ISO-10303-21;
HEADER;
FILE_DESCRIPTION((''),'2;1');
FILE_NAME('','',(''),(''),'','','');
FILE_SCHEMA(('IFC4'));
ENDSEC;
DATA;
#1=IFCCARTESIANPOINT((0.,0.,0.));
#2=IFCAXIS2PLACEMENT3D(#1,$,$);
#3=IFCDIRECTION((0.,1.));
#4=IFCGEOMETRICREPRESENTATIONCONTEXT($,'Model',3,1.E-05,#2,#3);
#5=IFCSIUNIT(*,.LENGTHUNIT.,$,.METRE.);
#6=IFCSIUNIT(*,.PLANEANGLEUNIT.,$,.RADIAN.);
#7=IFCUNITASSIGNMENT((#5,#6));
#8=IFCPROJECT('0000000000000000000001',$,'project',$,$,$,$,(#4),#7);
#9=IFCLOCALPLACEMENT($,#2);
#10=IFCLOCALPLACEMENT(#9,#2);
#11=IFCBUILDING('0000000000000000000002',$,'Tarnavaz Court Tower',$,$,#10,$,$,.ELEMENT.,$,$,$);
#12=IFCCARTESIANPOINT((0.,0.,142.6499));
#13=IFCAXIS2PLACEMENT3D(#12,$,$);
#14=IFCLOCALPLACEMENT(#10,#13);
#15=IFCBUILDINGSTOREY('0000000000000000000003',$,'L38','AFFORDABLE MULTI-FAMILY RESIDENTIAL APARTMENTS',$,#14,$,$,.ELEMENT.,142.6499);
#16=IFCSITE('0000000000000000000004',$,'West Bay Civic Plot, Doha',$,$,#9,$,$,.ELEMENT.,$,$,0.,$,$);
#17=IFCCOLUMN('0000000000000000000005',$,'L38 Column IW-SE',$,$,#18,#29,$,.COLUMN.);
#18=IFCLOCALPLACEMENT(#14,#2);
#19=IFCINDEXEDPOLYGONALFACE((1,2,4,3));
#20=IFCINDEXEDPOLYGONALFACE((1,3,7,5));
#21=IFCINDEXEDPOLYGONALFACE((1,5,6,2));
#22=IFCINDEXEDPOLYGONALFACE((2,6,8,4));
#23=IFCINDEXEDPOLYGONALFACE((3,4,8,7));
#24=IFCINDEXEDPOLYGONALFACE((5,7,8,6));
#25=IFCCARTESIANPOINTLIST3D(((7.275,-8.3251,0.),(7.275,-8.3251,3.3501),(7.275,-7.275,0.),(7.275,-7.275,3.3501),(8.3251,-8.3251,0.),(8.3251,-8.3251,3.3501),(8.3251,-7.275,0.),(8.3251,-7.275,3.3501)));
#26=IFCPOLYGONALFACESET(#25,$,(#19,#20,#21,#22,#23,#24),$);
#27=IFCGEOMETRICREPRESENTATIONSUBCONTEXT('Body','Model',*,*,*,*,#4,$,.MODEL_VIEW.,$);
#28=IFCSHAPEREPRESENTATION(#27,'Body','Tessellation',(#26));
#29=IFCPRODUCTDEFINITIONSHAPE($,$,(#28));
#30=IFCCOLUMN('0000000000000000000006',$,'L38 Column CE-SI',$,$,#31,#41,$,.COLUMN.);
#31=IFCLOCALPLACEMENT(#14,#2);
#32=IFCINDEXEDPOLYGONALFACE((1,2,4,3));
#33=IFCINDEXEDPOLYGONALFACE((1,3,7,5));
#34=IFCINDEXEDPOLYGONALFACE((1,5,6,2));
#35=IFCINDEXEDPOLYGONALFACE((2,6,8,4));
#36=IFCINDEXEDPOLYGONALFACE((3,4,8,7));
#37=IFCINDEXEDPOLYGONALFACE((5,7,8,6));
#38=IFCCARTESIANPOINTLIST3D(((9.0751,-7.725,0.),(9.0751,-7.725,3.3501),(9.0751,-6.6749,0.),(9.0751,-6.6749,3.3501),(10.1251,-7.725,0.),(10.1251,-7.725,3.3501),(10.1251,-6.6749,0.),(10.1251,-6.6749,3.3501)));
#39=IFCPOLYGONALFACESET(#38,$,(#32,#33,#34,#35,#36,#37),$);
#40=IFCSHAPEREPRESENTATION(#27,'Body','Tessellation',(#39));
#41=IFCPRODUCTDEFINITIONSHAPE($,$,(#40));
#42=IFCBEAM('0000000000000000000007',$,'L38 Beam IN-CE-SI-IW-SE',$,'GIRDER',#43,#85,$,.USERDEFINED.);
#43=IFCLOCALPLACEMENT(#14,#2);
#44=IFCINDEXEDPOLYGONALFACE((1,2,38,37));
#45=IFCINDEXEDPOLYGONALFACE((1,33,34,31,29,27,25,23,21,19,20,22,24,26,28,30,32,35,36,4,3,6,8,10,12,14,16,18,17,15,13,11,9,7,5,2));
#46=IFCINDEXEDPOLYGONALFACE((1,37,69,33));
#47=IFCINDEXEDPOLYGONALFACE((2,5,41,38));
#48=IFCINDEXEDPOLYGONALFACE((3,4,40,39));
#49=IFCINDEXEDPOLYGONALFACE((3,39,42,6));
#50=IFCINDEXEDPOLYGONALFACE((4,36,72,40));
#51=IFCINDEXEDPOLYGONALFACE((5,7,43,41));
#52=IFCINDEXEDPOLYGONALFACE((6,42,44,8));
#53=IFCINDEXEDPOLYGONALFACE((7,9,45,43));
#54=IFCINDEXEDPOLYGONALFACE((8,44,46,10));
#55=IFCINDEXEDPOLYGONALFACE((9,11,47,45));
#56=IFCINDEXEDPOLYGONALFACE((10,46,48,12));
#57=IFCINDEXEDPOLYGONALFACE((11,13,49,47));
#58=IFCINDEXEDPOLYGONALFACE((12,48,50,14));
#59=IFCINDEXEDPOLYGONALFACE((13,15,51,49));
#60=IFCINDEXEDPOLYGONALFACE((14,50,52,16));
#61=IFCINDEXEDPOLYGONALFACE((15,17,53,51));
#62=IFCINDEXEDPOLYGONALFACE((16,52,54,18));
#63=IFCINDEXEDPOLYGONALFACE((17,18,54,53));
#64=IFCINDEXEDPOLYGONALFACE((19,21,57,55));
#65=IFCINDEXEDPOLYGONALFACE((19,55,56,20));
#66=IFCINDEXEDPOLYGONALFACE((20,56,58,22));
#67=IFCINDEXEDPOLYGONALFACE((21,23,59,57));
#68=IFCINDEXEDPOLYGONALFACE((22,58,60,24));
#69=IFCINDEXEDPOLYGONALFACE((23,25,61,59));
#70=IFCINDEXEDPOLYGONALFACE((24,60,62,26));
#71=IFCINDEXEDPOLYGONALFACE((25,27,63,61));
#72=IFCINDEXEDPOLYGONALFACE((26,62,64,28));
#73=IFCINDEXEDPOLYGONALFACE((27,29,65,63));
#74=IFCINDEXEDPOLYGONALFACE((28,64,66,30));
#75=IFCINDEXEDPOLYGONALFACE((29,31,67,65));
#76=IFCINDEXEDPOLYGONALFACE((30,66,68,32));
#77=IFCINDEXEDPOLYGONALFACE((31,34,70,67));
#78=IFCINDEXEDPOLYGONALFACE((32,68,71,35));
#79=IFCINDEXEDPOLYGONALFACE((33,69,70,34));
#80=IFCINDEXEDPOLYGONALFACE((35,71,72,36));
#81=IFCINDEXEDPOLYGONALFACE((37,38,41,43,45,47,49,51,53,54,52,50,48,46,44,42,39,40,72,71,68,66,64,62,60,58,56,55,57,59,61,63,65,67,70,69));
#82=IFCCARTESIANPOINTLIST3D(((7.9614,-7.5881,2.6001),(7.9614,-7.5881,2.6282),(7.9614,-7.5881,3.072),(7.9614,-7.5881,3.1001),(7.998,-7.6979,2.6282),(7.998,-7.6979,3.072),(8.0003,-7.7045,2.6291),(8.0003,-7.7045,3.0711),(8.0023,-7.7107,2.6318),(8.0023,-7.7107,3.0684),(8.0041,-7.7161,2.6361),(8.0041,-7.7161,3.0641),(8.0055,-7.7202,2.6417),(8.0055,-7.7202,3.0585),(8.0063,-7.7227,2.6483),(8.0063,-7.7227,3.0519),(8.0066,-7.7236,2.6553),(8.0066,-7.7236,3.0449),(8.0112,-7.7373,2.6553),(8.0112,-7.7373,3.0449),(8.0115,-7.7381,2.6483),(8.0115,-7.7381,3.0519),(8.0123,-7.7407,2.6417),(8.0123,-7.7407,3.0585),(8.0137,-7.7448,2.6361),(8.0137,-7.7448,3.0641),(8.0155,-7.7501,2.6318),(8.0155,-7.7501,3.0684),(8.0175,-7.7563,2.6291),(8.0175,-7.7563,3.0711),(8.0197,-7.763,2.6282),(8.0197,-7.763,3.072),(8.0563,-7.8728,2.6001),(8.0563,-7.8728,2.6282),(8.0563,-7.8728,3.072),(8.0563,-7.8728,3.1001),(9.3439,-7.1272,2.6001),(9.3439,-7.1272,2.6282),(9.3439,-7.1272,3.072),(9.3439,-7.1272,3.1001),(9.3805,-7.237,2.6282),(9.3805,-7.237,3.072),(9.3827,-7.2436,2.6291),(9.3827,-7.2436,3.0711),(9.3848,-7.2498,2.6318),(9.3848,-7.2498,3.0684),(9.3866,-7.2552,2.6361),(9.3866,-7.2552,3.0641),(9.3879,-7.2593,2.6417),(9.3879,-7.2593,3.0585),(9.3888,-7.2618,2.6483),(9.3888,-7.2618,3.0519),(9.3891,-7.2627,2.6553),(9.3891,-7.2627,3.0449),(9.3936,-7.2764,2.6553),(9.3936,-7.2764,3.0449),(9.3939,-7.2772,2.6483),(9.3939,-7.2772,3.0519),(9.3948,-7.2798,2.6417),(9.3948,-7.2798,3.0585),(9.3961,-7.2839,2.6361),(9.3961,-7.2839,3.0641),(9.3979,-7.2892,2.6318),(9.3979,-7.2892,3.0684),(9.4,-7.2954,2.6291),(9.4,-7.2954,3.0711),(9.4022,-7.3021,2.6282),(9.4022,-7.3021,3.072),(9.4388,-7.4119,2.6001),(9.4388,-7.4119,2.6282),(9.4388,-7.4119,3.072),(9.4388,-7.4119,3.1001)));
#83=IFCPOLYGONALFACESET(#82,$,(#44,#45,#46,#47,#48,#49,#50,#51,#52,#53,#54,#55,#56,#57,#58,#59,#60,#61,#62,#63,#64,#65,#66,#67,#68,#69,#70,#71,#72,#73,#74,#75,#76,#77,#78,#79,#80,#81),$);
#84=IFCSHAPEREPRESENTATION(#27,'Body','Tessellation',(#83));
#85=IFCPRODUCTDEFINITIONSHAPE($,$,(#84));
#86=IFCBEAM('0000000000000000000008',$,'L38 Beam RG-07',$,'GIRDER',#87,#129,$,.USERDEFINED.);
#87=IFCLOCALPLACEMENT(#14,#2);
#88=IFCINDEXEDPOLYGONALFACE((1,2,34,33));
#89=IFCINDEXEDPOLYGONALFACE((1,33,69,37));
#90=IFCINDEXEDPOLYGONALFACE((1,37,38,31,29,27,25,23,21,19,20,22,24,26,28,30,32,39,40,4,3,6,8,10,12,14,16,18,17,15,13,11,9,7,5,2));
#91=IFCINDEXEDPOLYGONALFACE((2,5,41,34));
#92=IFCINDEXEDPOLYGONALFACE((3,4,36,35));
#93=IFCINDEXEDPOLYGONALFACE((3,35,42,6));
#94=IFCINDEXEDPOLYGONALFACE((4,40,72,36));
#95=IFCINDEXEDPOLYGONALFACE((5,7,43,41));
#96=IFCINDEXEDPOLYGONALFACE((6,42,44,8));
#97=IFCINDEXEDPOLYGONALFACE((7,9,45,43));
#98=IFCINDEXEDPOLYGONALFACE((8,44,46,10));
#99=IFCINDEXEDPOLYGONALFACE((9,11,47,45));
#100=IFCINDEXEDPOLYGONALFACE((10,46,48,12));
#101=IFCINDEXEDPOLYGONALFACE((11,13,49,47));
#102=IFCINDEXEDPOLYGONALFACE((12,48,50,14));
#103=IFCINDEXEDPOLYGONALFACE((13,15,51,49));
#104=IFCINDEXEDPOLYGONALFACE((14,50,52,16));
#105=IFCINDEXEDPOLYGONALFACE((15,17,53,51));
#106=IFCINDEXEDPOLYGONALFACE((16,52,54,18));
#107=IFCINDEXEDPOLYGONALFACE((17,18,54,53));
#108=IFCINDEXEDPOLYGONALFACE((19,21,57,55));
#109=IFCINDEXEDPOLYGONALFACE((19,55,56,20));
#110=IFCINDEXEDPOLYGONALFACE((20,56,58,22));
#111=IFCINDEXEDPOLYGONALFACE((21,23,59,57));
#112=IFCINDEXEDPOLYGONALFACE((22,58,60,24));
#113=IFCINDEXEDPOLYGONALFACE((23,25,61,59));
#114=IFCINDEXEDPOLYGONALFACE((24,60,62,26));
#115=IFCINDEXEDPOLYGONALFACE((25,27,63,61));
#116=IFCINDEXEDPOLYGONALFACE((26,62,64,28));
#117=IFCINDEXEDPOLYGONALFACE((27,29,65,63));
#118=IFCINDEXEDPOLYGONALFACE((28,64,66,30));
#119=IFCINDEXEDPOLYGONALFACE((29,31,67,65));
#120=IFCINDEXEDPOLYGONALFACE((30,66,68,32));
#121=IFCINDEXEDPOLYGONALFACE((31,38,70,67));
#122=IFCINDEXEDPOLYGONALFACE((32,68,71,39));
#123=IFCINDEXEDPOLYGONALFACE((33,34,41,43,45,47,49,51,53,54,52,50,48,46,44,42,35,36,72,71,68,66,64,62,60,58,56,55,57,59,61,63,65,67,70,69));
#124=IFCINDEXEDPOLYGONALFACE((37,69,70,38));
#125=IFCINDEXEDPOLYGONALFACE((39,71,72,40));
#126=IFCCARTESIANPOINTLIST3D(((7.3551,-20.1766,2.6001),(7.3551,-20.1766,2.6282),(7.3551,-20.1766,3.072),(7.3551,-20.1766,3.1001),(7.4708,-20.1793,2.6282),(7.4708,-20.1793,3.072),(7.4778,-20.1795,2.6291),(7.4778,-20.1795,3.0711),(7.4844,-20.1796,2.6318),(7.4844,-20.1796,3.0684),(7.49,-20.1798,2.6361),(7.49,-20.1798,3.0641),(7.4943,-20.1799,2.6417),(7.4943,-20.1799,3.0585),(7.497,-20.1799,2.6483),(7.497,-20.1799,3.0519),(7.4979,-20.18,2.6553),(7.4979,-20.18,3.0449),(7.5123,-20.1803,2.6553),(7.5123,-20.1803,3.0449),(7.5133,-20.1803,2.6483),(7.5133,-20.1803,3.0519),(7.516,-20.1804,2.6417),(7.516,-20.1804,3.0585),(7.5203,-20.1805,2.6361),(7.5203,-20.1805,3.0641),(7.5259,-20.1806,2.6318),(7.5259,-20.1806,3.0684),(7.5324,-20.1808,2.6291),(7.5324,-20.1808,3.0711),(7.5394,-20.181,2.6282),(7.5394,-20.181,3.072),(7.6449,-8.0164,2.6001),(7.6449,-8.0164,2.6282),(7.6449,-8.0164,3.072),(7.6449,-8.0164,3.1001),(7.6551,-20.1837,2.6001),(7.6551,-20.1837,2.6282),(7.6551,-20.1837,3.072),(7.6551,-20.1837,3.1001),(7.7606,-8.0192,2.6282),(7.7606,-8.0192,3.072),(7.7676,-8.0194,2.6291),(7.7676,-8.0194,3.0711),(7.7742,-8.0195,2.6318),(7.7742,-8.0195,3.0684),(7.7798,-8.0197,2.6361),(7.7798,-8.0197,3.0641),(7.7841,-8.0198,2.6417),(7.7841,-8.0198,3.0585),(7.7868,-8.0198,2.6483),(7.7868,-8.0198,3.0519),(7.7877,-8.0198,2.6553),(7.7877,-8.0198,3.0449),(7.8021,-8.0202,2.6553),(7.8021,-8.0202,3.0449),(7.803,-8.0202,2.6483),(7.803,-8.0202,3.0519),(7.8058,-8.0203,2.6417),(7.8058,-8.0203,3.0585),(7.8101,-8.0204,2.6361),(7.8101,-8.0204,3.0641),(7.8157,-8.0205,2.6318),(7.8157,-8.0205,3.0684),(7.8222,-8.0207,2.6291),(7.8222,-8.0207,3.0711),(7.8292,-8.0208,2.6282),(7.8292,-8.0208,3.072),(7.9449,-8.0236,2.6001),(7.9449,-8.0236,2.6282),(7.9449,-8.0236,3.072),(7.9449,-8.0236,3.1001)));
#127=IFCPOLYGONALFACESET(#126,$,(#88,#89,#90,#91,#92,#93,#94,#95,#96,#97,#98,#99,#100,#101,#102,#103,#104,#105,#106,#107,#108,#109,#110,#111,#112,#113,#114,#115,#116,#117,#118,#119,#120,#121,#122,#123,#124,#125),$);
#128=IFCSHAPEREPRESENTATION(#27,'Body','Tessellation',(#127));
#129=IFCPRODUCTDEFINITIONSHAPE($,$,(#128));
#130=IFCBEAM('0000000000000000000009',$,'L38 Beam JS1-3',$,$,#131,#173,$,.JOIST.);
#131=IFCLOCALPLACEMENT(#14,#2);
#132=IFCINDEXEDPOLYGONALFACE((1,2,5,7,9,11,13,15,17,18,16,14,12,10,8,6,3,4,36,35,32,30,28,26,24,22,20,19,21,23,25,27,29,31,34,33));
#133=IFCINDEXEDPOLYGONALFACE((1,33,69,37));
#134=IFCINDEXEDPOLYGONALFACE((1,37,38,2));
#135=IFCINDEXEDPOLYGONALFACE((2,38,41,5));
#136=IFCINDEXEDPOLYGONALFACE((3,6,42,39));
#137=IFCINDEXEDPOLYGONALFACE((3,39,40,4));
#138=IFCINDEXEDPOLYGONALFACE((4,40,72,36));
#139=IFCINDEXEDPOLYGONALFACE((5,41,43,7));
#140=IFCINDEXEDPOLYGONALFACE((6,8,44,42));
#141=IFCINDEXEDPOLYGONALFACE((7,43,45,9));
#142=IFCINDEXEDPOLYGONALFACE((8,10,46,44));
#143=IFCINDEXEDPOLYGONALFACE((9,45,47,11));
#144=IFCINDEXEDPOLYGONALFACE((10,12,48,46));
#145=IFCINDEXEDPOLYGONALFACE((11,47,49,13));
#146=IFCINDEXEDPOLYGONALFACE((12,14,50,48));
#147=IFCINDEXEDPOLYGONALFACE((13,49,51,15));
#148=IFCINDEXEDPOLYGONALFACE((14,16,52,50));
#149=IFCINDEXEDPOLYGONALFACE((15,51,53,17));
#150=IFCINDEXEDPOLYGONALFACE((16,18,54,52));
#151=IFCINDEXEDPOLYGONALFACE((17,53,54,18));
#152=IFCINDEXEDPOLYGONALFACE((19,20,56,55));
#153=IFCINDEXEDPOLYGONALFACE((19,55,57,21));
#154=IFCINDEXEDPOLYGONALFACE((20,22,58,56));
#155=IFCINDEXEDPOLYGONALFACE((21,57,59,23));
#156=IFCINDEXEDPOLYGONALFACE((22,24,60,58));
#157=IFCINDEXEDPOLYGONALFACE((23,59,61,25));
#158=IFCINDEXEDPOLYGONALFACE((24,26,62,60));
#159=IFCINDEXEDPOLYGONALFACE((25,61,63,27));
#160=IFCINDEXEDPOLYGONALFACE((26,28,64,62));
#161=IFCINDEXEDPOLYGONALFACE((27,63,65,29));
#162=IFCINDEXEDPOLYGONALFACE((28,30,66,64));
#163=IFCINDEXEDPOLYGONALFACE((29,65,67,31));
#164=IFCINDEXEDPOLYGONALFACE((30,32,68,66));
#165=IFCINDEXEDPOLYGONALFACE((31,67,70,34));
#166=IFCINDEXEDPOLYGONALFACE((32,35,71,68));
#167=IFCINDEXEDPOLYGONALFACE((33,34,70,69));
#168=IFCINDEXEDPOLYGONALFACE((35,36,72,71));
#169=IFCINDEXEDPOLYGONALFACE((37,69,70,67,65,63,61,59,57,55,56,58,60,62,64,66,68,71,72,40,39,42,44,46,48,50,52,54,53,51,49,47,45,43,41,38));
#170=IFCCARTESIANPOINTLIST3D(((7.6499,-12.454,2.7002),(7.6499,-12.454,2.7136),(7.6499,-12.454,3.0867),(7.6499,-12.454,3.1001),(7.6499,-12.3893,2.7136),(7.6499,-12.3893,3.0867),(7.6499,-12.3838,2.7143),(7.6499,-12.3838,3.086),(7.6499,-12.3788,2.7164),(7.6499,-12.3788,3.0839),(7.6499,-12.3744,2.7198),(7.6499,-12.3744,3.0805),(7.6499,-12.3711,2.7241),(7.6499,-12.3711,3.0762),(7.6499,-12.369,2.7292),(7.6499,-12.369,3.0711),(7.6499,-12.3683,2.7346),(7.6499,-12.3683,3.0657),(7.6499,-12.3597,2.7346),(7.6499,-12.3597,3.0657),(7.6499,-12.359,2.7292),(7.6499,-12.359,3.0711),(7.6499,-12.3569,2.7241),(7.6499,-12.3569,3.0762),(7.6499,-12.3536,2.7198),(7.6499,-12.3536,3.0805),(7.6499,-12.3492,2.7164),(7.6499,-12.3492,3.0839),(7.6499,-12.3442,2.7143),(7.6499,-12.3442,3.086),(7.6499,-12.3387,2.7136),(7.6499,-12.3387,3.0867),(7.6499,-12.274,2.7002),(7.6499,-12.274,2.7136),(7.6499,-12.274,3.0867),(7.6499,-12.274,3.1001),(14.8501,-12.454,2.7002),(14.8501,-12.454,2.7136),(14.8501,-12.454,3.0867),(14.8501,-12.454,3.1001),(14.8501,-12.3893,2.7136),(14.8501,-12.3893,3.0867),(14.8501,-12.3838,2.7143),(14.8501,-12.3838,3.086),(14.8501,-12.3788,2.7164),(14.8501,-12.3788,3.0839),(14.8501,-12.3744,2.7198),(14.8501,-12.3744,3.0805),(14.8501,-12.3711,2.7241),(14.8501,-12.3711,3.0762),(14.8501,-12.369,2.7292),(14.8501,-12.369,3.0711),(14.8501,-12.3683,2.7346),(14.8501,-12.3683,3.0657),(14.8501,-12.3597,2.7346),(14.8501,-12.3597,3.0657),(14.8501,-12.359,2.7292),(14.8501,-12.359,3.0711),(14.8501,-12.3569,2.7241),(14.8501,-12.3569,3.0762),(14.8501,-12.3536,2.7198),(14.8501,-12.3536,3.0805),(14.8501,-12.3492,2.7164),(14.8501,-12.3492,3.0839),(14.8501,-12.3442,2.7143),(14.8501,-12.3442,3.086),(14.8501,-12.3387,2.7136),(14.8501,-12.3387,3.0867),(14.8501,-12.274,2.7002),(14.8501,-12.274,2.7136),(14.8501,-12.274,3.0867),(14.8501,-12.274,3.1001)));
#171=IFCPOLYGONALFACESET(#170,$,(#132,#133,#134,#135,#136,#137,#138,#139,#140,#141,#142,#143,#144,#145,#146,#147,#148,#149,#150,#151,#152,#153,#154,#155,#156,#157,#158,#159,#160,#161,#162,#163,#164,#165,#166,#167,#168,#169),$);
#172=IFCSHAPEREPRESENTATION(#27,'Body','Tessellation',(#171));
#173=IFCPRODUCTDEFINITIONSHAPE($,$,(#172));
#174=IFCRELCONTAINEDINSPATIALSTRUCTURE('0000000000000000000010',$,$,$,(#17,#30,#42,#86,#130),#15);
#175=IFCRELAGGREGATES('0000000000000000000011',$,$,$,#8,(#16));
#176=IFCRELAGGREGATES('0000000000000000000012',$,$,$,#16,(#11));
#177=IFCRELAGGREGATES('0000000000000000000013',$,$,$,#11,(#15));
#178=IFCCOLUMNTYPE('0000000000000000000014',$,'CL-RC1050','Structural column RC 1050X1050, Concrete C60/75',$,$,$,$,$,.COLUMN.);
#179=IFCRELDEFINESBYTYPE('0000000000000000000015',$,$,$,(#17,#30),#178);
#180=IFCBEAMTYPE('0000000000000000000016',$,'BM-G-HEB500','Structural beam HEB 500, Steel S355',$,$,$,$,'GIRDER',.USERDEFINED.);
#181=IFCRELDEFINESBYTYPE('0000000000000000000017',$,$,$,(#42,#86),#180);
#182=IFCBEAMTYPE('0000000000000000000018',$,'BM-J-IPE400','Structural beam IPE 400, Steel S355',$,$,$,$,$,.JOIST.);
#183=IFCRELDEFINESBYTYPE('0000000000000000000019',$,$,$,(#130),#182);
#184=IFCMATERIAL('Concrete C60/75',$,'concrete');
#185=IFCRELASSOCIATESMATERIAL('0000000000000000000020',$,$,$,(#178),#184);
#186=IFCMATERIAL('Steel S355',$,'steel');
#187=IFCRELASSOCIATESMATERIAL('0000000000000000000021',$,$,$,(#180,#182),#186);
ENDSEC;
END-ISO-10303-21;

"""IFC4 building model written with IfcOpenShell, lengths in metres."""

from ifc_helpers import new_model, si_unit, direction, frame, origin, origin_2d, place, context, subcontext, project, spatial, rectangle, i_section, extrude, material, material_profile, profile_set, type_object, element, save


model = new_model("IFC4")

# Units and contexts
model_context = context("Model", 3, precision=1e-05, world=origin(), true_north=direction((0.0, 1.0)))
body_context = subcontext(model_context, "Body", "Model", "MODEL_VIEW")
ifc_project = project(units=[si_unit("LENGTHUNIT", "METRE"), si_unit("PLANEANGLEUNIT", "RADIAN")], contexts=[model_context])

# Site, building, storey
site_placement = place(None, origin())
site = spatial("IfcSite", under=ifc_project, at=site_placement, Name="West Bay Civic Plot, Doha", CompositionType="ELEMENT", RefElevation=0.0)
building_placement = place(site_placement, origin())
building = spatial("IfcBuilding", under=site, at=building_placement, Name="Tarnavaz Court Tower", CompositionType="ELEMENT")
storey_placement = place(building_placement, frame((0.0, 0.0, 142.6499)))
storey = spatial("IfcBuildingStorey", under=building, at=storey_placement, Name="L38", Description="AFFORDABLE MULTI-FAMILY RESIDENTIAL APARTMENTS", CompositionType="ELEMENT", Elevation=142.6499)

# Columns
ifc_material_1 = material(Name="Concrete C60/75", Category="concrete")
ifc_material_profile_1 = material_profile(ifc_material_1, rectangle(XDim=1.05, YDim=1.05, at=origin_2d()), Name="RC 1050X1050")
ifc_profile_set_1 = profile_set([ifc_material_profile_1], Name="Concrete C60/75")
column_type = type_object("IfcColumnType", Name="CL-RC1050", Description="Structural column RC 1050X1050, Concrete C60/75", PredefinedType="COLUMN", material=ifc_profile_set_1)
for number, where, z_axis, x_axis, name in (
    (1, (7.8, -7.8, 0.0), (0.0, 0.0, 1.0), (1.0, 0.0, 0.0), "L38 Column IW-SE"),
    (2, (9.6001, -7.2, 0.0), (0.0, 0.0, 1.0), (1.0, 0.0, 0.0), "L38 Column CE-SI"),
):
    element("IfcColumn", number, at=place(storey_placement, frame(where, z_axis=z_axis, x_axis=x_axis)), inside=storey, type_object=column_type, Name=name, PredefinedType="COLUMN", context=body_context, shape_type="SweptSolid", body=[
        extrude(rectangle(XDim=1.05, YDim=1.05, at=origin_2d()), origin(), (0.0, 0.0, 1.0), 3.3501),
    ])

# Beams
ifc_material_2 = material(Name="Steel S355", Category="steel")
ifc_material_profile_2 = material_profile(ifc_material_2, i_section(OverallWidth=0.3, OverallDepth=0.5, WebThickness=0.0144, FlangeThickness=0.0281, FilletRadius=0.0271, at=origin_2d()), Name="HEB 500")
ifc_profile_set_2 = profile_set([ifc_material_profile_2], Name="Steel S355")
beam_type_1 = type_object("IfcBeamType", Name="BM-G-HEB500", Description="Structural beam HEB 500, Steel S355", ElementType="GIRDER", PredefinedType="USERDEFINED", material=ifc_profile_set_2)
beam_1_placement = place(storey_placement, frame((9.3914, -7.2695, 2.8501), z_axis=(-0.948667, -0.316278, 0.0), x_axis=(0.316278, -0.948667, 0.0)))
element("IfcBeam", 3, at=beam_1_placement, inside=storey, type_object=beam_type_1, Name="L38 Beam IN-CE-SI-IW-SE", ObjectType="GIRDER", PredefinedType="USERDEFINED", context=body_context, shape_type="SweptSolid", body=[
    extrude(i_section(OverallWidth=0.3, OverallDepth=0.5, WebThickness=0.0144, FlangeThickness=0.0281, FilletRadius=0.0271, at=origin_2d()), origin(), (0.0, 0.0, 1.0), 1.4573),
])
beam_2_placement = place(storey_placement, frame((7.7949, -8.02, 2.8501), z_axis=(-0.023825, -0.999716, 0.0), x_axis=(0.999716, -0.023825, 0.0)))
element("IfcBeam", 4, at=beam_2_placement, inside=storey, type_object=beam_type_1, Name="L38 Beam RG-07", ObjectType="GIRDER", PredefinedType="USERDEFINED", context=body_context, shape_type="SweptSolid", body=[
    extrude(i_section(OverallWidth=0.3, OverallDepth=0.5, WebThickness=0.0144, FlangeThickness=0.0281, FilletRadius=0.0271, at=origin_2d()), origin(), (0.0, 0.0, 1.0), 12.1636),
])
ifc_material_profile_3 = material_profile(ifc_material_2, i_section(OverallWidth=0.1799, OverallDepth=0.3999, WebThickness=0.0085, FlangeThickness=0.0134, FilletRadius=0.021, at=origin_2d()), Name="IPE 400")
ifc_profile_set_3 = profile_set([ifc_material_profile_3], Name="Steel S355")
beam_type_2 = type_object("IfcBeamType", Name="BM-J-IPE400", Description="Structural beam IPE 400, Steel S355", PredefinedType="JOIST", material=ifc_profile_set_3)
for number, where, z_axis, x_axis, name in (
    (5, (7.6499, -12.364, 2.9001), (1.0, 0.0, 0.0), (0.0, 1.0, 0.0), "L38 Beam JS1-3"),
):
    element("IfcBeam", number, at=place(storey_placement, frame(where, z_axis=z_axis, x_axis=x_axis)), inside=storey, type_object=beam_type_2, Name=name, PredefinedType="JOIST", context=body_context, shape_type="SweptSolid", body=[
        extrude(i_section(OverallWidth=0.1799, OverallDepth=0.3999, WebThickness=0.0085, FlangeThickness=0.0134, FilletRadius=0.021, at=origin_2d()), origin(), (0.0, 0.0, 1.0), 7.2002),
    ])

save(model, "model.ifc")
